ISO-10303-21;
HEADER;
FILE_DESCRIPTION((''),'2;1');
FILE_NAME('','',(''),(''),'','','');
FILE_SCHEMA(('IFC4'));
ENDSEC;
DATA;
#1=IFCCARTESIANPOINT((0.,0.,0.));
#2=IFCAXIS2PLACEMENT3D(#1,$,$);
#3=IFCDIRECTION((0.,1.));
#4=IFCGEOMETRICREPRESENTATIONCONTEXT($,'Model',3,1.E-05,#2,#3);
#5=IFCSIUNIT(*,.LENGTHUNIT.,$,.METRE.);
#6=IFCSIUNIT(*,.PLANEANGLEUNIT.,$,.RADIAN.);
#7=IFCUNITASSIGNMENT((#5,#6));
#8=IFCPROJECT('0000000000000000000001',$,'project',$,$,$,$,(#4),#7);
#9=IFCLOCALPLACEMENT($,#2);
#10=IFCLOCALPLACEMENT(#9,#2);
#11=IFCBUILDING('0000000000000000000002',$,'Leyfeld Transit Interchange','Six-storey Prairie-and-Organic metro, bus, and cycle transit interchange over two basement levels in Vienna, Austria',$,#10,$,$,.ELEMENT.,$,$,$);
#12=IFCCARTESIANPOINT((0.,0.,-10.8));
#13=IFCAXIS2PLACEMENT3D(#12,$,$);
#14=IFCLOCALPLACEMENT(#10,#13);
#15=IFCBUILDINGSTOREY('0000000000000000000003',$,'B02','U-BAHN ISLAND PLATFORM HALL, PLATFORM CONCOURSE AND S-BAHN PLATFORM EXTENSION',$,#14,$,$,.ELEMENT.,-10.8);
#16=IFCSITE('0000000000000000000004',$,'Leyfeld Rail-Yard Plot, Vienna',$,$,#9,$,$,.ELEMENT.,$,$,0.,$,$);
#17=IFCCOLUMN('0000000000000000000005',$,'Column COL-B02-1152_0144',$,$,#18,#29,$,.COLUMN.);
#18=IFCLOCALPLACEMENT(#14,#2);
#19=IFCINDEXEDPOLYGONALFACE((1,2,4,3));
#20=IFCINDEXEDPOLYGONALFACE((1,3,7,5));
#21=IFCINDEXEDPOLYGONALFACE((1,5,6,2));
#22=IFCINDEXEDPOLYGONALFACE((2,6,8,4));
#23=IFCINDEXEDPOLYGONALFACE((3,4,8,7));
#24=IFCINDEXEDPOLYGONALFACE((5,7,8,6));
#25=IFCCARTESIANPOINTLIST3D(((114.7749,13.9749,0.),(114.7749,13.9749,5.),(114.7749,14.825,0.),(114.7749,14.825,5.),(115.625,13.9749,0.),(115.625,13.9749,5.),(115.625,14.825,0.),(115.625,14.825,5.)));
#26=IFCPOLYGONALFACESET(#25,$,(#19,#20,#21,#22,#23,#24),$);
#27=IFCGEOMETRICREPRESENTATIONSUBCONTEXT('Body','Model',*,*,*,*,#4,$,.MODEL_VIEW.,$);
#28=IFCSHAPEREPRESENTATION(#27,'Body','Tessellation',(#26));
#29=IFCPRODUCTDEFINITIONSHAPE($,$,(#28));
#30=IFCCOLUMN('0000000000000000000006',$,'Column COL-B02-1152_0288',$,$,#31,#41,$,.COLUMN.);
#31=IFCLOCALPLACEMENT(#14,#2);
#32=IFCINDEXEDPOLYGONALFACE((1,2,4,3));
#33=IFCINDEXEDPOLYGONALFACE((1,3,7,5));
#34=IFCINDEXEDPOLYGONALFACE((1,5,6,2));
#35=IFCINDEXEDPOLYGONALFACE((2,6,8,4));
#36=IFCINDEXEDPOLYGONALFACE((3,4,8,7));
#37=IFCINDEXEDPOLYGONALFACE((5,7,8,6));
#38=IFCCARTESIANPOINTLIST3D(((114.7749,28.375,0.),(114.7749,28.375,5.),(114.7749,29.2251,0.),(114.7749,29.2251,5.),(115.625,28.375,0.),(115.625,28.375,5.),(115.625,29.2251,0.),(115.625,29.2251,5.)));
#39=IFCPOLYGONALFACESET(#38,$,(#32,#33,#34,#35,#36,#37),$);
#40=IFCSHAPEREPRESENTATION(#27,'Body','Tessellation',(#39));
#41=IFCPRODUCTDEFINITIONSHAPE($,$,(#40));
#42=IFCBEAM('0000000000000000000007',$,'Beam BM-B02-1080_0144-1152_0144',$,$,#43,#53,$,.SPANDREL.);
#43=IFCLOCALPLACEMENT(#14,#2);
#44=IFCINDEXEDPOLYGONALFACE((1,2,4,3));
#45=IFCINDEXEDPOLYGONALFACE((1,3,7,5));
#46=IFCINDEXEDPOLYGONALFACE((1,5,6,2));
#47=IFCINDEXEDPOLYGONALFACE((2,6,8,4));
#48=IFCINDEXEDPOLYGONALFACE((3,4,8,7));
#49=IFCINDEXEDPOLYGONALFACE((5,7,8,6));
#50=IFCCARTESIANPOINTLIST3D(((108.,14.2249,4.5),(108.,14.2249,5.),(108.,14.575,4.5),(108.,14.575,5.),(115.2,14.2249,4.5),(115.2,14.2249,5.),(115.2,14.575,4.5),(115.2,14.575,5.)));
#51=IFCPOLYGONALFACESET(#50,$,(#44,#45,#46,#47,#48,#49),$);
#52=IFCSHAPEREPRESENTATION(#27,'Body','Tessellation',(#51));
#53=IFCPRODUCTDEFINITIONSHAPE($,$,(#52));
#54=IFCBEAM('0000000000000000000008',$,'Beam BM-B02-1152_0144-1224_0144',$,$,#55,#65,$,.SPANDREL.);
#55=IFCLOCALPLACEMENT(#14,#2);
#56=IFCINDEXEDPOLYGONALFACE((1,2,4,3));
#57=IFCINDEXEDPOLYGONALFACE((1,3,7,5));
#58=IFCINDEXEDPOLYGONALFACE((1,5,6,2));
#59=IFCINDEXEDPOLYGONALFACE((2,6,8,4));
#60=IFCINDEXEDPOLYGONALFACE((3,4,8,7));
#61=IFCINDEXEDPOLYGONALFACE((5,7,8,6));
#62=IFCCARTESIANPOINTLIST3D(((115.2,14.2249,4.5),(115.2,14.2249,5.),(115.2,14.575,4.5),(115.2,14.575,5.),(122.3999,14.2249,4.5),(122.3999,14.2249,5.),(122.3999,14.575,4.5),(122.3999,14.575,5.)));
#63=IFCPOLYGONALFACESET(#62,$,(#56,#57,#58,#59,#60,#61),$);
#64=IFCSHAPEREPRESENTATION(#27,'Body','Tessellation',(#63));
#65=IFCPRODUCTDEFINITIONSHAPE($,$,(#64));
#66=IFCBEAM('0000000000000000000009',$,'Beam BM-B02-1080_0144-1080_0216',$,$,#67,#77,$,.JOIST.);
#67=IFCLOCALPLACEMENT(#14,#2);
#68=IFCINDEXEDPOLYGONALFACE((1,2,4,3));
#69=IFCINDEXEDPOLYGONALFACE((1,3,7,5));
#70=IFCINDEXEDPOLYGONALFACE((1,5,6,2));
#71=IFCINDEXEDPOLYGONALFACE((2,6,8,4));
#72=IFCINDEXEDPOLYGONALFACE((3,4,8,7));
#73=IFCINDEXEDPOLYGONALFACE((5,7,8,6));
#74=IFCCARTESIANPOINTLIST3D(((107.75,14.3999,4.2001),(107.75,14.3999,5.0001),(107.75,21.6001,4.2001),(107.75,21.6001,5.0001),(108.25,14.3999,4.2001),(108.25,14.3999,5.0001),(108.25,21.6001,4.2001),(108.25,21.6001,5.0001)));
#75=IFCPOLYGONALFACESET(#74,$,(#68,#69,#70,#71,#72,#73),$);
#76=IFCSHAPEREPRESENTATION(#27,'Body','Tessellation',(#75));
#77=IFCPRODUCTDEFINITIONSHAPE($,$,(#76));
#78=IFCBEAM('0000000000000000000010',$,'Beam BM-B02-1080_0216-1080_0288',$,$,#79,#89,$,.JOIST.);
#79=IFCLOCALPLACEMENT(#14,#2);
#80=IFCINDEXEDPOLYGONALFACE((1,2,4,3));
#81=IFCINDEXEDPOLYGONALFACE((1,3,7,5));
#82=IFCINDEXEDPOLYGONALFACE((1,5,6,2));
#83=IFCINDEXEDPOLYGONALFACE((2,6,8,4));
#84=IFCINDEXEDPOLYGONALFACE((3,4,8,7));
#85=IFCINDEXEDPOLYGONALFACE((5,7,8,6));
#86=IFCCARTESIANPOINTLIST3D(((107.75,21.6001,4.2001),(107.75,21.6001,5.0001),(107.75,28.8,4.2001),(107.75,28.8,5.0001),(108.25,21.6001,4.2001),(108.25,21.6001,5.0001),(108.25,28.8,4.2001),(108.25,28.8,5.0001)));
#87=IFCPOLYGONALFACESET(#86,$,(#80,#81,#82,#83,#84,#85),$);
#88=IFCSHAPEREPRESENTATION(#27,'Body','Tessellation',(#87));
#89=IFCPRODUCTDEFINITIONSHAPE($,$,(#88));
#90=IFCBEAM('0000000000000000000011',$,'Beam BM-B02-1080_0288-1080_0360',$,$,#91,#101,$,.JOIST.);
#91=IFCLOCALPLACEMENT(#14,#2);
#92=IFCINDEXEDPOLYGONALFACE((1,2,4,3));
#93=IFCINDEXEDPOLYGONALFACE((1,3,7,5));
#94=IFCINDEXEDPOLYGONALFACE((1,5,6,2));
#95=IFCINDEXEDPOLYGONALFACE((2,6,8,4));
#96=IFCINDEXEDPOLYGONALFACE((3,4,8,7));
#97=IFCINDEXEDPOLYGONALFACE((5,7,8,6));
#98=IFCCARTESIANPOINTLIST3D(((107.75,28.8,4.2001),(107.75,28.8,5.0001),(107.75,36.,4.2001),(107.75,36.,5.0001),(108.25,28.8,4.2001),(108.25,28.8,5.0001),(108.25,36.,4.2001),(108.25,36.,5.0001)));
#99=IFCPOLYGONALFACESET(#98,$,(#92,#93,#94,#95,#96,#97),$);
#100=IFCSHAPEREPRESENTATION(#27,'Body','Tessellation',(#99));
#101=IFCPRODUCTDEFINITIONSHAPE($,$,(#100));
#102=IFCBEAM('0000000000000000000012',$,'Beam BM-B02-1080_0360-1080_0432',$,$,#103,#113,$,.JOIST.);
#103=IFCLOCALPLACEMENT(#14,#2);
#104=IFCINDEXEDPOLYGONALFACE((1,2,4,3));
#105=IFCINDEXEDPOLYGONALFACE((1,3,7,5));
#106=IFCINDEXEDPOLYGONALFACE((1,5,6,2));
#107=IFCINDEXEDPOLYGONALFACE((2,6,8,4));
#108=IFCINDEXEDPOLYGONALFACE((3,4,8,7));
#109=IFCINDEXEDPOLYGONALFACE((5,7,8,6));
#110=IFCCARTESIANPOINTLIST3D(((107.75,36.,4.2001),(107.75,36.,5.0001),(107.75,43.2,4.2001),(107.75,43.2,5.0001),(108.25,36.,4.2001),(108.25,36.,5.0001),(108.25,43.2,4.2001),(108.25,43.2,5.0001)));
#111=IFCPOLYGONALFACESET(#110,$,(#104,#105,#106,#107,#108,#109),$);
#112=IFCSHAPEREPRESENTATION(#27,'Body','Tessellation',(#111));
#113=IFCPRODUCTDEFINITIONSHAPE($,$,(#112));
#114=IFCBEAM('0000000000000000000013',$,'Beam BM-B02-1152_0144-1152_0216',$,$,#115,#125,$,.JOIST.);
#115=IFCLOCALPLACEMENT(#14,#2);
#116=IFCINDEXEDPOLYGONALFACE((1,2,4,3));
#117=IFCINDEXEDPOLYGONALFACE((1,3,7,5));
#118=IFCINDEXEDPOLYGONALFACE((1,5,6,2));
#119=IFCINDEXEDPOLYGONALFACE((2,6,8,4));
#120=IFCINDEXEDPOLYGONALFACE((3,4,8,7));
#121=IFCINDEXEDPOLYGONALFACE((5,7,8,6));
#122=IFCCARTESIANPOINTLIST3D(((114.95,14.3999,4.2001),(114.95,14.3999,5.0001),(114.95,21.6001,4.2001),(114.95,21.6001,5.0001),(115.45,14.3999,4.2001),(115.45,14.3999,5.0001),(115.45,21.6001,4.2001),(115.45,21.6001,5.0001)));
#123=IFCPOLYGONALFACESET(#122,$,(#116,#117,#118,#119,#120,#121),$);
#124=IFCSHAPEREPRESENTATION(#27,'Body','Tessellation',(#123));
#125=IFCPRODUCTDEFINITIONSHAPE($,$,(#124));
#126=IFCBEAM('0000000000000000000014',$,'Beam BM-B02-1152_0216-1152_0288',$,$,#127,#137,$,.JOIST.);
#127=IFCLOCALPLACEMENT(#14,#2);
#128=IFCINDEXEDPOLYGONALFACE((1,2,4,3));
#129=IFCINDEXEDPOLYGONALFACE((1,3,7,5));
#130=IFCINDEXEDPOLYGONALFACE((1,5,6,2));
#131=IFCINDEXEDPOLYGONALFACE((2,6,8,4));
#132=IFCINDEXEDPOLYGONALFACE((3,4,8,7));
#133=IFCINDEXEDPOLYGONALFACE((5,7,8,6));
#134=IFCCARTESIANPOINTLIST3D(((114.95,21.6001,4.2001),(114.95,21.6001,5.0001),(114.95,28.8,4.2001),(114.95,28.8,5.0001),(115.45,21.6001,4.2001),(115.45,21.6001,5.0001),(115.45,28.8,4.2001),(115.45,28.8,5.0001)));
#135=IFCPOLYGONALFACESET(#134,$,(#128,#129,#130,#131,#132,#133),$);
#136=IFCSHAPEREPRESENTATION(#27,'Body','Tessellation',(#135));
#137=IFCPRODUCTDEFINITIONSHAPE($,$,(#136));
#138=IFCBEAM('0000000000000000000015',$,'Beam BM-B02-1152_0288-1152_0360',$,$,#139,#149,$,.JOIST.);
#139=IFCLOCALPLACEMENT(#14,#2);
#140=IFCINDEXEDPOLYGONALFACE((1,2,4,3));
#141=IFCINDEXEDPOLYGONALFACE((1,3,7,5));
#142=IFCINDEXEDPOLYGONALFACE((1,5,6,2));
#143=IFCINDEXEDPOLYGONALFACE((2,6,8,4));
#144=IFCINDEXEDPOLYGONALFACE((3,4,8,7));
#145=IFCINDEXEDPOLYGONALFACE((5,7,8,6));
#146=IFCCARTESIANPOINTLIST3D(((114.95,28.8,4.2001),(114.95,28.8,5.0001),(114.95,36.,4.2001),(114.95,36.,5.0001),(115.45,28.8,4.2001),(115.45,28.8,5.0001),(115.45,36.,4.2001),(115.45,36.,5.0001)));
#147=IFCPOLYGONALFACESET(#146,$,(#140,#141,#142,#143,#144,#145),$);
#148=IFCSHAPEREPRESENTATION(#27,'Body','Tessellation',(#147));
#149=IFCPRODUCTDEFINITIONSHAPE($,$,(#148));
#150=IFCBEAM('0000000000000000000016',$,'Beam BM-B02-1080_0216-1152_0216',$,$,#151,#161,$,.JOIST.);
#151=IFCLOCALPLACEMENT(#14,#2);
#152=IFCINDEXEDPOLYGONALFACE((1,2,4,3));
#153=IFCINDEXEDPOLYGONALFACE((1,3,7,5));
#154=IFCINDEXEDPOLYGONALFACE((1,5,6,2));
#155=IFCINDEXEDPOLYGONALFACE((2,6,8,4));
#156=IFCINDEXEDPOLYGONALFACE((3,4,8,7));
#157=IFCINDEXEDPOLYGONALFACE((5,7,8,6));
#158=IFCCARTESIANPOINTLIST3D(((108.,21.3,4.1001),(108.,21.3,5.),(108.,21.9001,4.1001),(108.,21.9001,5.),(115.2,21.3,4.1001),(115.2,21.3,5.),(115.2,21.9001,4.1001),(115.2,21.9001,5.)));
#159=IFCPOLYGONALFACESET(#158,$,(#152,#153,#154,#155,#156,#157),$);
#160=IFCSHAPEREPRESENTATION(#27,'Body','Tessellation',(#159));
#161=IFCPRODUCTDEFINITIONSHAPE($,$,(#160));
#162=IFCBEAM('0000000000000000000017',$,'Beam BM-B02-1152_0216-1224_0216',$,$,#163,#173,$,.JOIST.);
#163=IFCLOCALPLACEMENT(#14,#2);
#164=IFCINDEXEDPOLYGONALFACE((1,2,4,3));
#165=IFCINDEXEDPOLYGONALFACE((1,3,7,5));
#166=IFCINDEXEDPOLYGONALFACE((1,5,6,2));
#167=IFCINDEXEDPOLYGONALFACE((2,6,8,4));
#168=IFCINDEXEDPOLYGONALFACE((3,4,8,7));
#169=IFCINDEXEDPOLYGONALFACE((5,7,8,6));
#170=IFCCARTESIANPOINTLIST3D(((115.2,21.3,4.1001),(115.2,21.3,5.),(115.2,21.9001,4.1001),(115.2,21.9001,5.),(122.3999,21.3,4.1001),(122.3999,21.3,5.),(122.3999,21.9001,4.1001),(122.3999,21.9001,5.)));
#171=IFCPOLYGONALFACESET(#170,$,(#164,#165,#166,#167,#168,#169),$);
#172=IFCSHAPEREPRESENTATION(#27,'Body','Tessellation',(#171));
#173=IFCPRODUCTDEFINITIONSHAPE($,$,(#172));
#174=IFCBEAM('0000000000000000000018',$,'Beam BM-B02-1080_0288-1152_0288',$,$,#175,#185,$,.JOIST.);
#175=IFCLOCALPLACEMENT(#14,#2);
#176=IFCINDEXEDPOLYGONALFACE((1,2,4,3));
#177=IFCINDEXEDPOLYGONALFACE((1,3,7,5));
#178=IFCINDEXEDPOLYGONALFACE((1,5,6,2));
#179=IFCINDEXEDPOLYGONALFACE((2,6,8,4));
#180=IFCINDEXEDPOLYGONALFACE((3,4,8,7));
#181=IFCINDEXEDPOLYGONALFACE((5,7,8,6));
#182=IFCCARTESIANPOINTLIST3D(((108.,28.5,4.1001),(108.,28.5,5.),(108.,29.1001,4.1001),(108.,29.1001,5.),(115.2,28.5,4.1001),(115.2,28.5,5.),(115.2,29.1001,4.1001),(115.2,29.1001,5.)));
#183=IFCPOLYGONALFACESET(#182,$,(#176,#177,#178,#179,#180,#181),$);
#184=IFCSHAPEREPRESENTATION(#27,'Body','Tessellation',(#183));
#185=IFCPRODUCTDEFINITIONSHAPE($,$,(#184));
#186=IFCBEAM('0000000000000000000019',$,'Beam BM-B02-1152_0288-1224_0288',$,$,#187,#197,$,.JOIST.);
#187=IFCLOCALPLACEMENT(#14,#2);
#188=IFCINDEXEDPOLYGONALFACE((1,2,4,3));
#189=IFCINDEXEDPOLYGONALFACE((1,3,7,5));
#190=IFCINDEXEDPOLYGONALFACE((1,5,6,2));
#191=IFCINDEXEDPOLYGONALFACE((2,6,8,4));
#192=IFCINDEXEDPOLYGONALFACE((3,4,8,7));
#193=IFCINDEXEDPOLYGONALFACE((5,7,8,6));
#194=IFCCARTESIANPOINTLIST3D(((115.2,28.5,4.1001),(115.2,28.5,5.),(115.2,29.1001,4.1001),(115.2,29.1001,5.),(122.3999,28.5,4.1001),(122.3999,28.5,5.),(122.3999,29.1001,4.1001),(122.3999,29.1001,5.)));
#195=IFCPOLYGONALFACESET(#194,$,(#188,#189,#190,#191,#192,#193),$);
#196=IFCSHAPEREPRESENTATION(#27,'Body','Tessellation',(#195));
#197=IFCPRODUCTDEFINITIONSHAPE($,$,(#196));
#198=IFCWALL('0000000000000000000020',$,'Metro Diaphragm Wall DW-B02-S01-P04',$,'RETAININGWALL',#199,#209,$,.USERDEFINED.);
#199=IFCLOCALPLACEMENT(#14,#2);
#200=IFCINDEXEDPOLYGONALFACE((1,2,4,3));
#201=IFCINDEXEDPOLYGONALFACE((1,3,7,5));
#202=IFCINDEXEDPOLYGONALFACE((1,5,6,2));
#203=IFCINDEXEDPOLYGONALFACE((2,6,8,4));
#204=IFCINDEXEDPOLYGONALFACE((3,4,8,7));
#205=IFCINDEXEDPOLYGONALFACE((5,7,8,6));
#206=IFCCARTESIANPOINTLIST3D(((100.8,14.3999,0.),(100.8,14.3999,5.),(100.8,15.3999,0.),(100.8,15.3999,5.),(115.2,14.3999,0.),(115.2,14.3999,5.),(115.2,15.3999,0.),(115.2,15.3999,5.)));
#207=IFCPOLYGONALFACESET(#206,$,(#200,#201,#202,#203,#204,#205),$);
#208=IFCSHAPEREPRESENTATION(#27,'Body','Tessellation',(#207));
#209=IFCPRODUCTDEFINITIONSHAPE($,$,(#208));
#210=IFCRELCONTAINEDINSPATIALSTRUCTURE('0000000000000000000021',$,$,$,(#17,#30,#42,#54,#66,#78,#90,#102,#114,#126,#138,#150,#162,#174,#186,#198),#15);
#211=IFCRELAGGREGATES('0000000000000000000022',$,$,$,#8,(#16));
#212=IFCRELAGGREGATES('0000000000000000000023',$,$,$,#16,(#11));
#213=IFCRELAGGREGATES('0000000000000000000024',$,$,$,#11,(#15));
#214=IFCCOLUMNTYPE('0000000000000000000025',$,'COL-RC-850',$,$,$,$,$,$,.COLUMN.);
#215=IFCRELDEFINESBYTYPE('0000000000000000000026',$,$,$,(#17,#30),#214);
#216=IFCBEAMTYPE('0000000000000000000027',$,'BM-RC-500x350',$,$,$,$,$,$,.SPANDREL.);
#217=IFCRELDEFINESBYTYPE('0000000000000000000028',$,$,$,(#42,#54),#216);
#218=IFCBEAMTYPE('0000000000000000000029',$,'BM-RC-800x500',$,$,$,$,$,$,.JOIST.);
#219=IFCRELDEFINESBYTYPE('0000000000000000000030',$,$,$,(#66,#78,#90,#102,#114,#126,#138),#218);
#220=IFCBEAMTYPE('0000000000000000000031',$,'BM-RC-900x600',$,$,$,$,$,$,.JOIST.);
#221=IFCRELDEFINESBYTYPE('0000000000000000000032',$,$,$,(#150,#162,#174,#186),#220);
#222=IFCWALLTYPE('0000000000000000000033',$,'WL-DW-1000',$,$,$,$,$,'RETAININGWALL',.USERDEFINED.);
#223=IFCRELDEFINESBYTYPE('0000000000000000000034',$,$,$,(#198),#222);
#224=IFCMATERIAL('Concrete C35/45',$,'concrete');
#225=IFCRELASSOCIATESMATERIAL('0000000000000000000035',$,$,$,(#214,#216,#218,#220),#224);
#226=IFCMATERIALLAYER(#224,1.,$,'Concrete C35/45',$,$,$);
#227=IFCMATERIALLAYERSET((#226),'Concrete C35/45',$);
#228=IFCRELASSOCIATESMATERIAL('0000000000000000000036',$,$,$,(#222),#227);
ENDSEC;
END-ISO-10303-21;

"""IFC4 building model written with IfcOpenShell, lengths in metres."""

from ifc_helpers import new_model, si_unit, direction, frame, frame_2d, origin, origin_2d, place, context, subcontext, project, spatial, rectangle, extrude, material, layer, layer_set, material_profile, profile_set, type_object, element, save


model = new_model("IFC4")

# Units and contexts
model_context = context("Model", 3, precision=1e-05, world=origin(), true_north=direction((0.0, 1.0)))
body_context = subcontext(model_context, "Body", "Model", "MODEL_VIEW")
ifc_project = project(units=[si_unit("LENGTHUNIT", "METRE"), si_unit("PLANEANGLEUNIT", "RADIAN")], contexts=[model_context])

# Site, building, storey
site_placement = place(None, origin())
site = spatial("IfcSite", under=ifc_project, at=site_placement, Name="Leyfeld Rail-Yard Plot, Vienna", CompositionType="ELEMENT", RefElevation=0.0)
building_placement = place(site_placement, origin())
building = spatial("IfcBuilding", under=site, at=building_placement, Name="Leyfeld Transit Interchange", Description="Six-storey Prairie-and-Organic metro, bus, and cycle transit interchange over two basement levels in Vienna, Austria", CompositionType="ELEMENT")
storey_placement = place(building_placement, frame((0.0, 0.0, -10.8)))
storey = spatial("IfcBuildingStorey", under=building, at=storey_placement, Name="B02", Description="U-BAHN ISLAND PLATFORM HALL, PLATFORM CONCOURSE AND S-BAHN PLATFORM EXTENSION", CompositionType="ELEMENT", Elevation=-10.8)

# Shared definitions
ifc_material = material(Name="Concrete C35/45", Category="concrete")

# Columns
ifc_material_profile_1 = material_profile(ifc_material, rectangle(XDim=0.8501, YDim=0.8501, at=origin_2d()), Name="RC 850x850")
ifc_profile_set_1 = profile_set([ifc_material_profile_1], Name="Concrete C35/45")
column_type_1 = type_object("IfcColumnType", Name="COL-RC-850", PredefinedType="COLUMN", material=ifc_profile_set_1)
for number, where, z_axis, x_axis, name in (
    (1, (115.2, 14.3999, 0.0), (0.0, 0.0, 1.0), (1.0, 0.0, 0.0), "Column COL-B02-1152_0144"),
    (2, (115.2, 28.8, 0.0), (0.0, 0.0, 1.0), (1.0, 0.0, 0.0), "Column COL-B02-1152_0288"),
):
    element("IfcColumn", number, at=place(storey_placement, frame(where, z_axis=z_axis, x_axis=x_axis)), inside=storey, type_object=column_type_1, Name=name, PredefinedType="COLUMN", context=body_context, shape_type="SweptSolid", body=[
        extrude(rectangle(XDim=0.8501, YDim=0.8501, at=origin_2d()), origin(), (0.0, 0.0, 1.0), 5.0),
    ])

# Beams
ifc_material_profile_2 = material_profile(ifc_material, rectangle(XDim=0.3501, YDim=0.5, at=origin_2d()), Name="RC 500x350")
ifc_profile_set_2 = profile_set([ifc_material_profile_2], Name="Concrete C35/45")
beam_type_1 = type_object("IfcBeamType", Name="BM-RC-500x350", PredefinedType="SPANDREL", material=ifc_profile_set_2)
for number, where, z_axis, x_axis, name in (
    (3, (108.0, 14.3999, 4.75), (1.0, 0.0, 0.0), (0.0, 1.0, 0.0), "Beam BM-B02-1080_0144-1152_0144"),
    (4, (115.2, 14.3999, 4.75), (1.0, 0.0, 0.0), (0.0, 1.0, 0.0), "Beam BM-B02-1152_0144-1224_0144"),
):
    element("IfcBeam", number, at=place(storey_placement, frame(where, z_axis=z_axis, x_axis=x_axis)), inside=storey, type_object=beam_type_1, Name=name, PredefinedType="SPANDREL", context=body_context, shape_type="SweptSolid", body=[
        extrude(rectangle(XDim=0.3501, YDim=0.5, at=origin_2d()), origin(), (0.0, 0.0, 1.0), 7.2),
    ])
ifc_material_profile_3 = material_profile(ifc_material, rectangle(XDim=0.5, YDim=0.8, at=origin_2d()), Name="RC 800x500")
ifc_profile_set_3 = profile_set([ifc_material_profile_3], Name="Concrete C35/45")
beam_type_2 = type_object("IfcBeamType", Name="BM-RC-800x500", PredefinedType="JOIST", material=ifc_profile_set_3)
beam_1_placement = place(storey_placement, frame((108.0, 14.3999, 4.6001), z_axis=(0.0, 1.0, 0.0), x_axis=(-1.0, 0.0, 0.0)))
element("IfcBeam", 5, at=beam_1_placement, inside=storey, type_object=beam_type_2, Name="Beam BM-B02-1080_0144-1080_0216", PredefinedType="JOIST", context=body_context, shape_type="SweptSolid", body=[
    extrude(rectangle(XDim=0.5, YDim=0.8, at=origin_2d()), origin(), (0.0, 0.0, 1.0), 7.2002),
])
for number, where, z_axis, x_axis, name in (
    (6, (108.0, 21.6001, 4.6001), (0.0, 1.0, 0.0), (-1.0, 0.0, 0.0), "Beam BM-B02-1080_0216-1080_0288"),
    (7, (108.0, 28.8, 4.6001), (0.0, 1.0, 0.0), (-1.0, 0.0, 0.0), "Beam BM-B02-1080_0288-1080_0360"),
    (8, (108.0, 36.0, 4.6001), (0.0, 1.0, 0.0), (-1.0, 0.0, 0.0), "Beam BM-B02-1080_0360-1080_0432"),
):
    element("IfcBeam", number, at=place(storey_placement, frame(where, z_axis=z_axis, x_axis=x_axis)), inside=storey, type_object=beam_type_2, Name=name, PredefinedType="JOIST", context=body_context, shape_type="SweptSolid", body=[
        extrude(rectangle(XDim=0.5, YDim=0.8, at=origin_2d()), origin(), (0.0, 0.0, 1.0), 7.2),
    ])
beam_2_placement = place(storey_placement, frame((115.2, 14.3999, 4.6001), z_axis=(0.0, 1.0, 0.0), x_axis=(-1.0, 0.0, 0.0)))
element("IfcBeam", 9, at=beam_2_placement, inside=storey, type_object=beam_type_2, Name="Beam BM-B02-1152_0144-1152_0216", PredefinedType="JOIST", context=body_context, shape_type="SweptSolid", body=[
    extrude(rectangle(XDim=0.5, YDim=0.8, at=origin_2d()), origin(), (0.0, 0.0, 1.0), 7.2002),
])
for number, where, z_axis, x_axis, name in (
    (10, (115.2, 21.6001, 4.6001), (0.0, 1.0, 0.0), (-1.0, 0.0, 0.0), "Beam BM-B02-1152_0216-1152_0288"),
    (11, (115.2, 28.8, 4.6001), (0.0, 1.0, 0.0), (-1.0, 0.0, 0.0), "Beam BM-B02-1152_0288-1152_0360"),
):
    element("IfcBeam", number, at=place(storey_placement, frame(where, z_axis=z_axis, x_axis=x_axis)), inside=storey, type_object=beam_type_2, Name=name, PredefinedType="JOIST", context=body_context, shape_type="SweptSolid", body=[
        extrude(rectangle(XDim=0.5, YDim=0.8, at=origin_2d()), origin(), (0.0, 0.0, 1.0), 7.2),
    ])
ifc_material_profile_4 = material_profile(ifc_material, rectangle(XDim=0.6001, YDim=0.8999, at=origin_2d()), Name="RC 900x600")
ifc_profile_set_4 = profile_set([ifc_material_profile_4], Name="Concrete C35/45")
beam_type_3 = type_object("IfcBeamType", Name="BM-RC-900x600", PredefinedType="JOIST", material=ifc_profile_set_4)
for number, where, z_axis, x_axis, name in (
    (12, (108.0, 21.6001, 4.55), (1.0, 0.0, 0.0), (0.0, 1.0, 0.0), "Beam BM-B02-1080_0216-1152_0216"),
    (13, (115.2, 21.6001, 4.55), (1.0, 0.0, 0.0), (0.0, 1.0, 0.0), "Beam BM-B02-1152_0216-1224_0216"),
    (14, (108.0, 28.8, 4.55), (1.0, 0.0, 0.0), (0.0, 1.0, 0.0), "Beam BM-B02-1080_0288-1152_0288"),
    (15, (115.2, 28.8, 4.55), (1.0, 0.0, 0.0), (0.0, 1.0, 0.0), "Beam BM-B02-1152_0288-1224_0288"),
):
    element("IfcBeam", number, at=place(storey_placement, frame(where, z_axis=z_axis, x_axis=x_axis)), inside=storey, type_object=beam_type_3, Name=name, PredefinedType="JOIST", context=body_context, shape_type="SweptSolid", body=[
        extrude(rectangle(XDim=0.6001, YDim=0.8999, at=origin_2d()), origin(), (0.0, 0.0, 1.0), 7.2),
    ])

# Wall
ifc_layer = layer(ifc_material, 1.0, Name="Concrete C35/45")
ifc_layer_set = layer_set([ifc_layer], Name="Concrete C35/45")
wall_type = type_object("IfcWallType", Name="WL-DW-1000", ElementType="RETAININGWALL", PredefinedType="USERDEFINED", material=ifc_layer_set)
wall_placement = place(storey_placement, frame((115.2, 14.8999, 0.0), z_axis=(0.0, 0.0, 1.0), x_axis=(-1.0, 0.0, 0.0)))
element("IfcWall", 16, at=wall_placement, inside=storey, type_object=wall_type, Name="Metro Diaphragm Wall DW-B02-S01-P04", ObjectType="RETAININGWALL", PredefinedType="USERDEFINED", context=body_context, shape_type="SweptSolid", body=[
    extrude(rectangle(XDim=14.3999, YDim=1.0, at=frame_2d((7.2, 0.0))), origin(), (0.0, 0.0, 1.0), 5.0),
])

save(model, "model.ifc")
